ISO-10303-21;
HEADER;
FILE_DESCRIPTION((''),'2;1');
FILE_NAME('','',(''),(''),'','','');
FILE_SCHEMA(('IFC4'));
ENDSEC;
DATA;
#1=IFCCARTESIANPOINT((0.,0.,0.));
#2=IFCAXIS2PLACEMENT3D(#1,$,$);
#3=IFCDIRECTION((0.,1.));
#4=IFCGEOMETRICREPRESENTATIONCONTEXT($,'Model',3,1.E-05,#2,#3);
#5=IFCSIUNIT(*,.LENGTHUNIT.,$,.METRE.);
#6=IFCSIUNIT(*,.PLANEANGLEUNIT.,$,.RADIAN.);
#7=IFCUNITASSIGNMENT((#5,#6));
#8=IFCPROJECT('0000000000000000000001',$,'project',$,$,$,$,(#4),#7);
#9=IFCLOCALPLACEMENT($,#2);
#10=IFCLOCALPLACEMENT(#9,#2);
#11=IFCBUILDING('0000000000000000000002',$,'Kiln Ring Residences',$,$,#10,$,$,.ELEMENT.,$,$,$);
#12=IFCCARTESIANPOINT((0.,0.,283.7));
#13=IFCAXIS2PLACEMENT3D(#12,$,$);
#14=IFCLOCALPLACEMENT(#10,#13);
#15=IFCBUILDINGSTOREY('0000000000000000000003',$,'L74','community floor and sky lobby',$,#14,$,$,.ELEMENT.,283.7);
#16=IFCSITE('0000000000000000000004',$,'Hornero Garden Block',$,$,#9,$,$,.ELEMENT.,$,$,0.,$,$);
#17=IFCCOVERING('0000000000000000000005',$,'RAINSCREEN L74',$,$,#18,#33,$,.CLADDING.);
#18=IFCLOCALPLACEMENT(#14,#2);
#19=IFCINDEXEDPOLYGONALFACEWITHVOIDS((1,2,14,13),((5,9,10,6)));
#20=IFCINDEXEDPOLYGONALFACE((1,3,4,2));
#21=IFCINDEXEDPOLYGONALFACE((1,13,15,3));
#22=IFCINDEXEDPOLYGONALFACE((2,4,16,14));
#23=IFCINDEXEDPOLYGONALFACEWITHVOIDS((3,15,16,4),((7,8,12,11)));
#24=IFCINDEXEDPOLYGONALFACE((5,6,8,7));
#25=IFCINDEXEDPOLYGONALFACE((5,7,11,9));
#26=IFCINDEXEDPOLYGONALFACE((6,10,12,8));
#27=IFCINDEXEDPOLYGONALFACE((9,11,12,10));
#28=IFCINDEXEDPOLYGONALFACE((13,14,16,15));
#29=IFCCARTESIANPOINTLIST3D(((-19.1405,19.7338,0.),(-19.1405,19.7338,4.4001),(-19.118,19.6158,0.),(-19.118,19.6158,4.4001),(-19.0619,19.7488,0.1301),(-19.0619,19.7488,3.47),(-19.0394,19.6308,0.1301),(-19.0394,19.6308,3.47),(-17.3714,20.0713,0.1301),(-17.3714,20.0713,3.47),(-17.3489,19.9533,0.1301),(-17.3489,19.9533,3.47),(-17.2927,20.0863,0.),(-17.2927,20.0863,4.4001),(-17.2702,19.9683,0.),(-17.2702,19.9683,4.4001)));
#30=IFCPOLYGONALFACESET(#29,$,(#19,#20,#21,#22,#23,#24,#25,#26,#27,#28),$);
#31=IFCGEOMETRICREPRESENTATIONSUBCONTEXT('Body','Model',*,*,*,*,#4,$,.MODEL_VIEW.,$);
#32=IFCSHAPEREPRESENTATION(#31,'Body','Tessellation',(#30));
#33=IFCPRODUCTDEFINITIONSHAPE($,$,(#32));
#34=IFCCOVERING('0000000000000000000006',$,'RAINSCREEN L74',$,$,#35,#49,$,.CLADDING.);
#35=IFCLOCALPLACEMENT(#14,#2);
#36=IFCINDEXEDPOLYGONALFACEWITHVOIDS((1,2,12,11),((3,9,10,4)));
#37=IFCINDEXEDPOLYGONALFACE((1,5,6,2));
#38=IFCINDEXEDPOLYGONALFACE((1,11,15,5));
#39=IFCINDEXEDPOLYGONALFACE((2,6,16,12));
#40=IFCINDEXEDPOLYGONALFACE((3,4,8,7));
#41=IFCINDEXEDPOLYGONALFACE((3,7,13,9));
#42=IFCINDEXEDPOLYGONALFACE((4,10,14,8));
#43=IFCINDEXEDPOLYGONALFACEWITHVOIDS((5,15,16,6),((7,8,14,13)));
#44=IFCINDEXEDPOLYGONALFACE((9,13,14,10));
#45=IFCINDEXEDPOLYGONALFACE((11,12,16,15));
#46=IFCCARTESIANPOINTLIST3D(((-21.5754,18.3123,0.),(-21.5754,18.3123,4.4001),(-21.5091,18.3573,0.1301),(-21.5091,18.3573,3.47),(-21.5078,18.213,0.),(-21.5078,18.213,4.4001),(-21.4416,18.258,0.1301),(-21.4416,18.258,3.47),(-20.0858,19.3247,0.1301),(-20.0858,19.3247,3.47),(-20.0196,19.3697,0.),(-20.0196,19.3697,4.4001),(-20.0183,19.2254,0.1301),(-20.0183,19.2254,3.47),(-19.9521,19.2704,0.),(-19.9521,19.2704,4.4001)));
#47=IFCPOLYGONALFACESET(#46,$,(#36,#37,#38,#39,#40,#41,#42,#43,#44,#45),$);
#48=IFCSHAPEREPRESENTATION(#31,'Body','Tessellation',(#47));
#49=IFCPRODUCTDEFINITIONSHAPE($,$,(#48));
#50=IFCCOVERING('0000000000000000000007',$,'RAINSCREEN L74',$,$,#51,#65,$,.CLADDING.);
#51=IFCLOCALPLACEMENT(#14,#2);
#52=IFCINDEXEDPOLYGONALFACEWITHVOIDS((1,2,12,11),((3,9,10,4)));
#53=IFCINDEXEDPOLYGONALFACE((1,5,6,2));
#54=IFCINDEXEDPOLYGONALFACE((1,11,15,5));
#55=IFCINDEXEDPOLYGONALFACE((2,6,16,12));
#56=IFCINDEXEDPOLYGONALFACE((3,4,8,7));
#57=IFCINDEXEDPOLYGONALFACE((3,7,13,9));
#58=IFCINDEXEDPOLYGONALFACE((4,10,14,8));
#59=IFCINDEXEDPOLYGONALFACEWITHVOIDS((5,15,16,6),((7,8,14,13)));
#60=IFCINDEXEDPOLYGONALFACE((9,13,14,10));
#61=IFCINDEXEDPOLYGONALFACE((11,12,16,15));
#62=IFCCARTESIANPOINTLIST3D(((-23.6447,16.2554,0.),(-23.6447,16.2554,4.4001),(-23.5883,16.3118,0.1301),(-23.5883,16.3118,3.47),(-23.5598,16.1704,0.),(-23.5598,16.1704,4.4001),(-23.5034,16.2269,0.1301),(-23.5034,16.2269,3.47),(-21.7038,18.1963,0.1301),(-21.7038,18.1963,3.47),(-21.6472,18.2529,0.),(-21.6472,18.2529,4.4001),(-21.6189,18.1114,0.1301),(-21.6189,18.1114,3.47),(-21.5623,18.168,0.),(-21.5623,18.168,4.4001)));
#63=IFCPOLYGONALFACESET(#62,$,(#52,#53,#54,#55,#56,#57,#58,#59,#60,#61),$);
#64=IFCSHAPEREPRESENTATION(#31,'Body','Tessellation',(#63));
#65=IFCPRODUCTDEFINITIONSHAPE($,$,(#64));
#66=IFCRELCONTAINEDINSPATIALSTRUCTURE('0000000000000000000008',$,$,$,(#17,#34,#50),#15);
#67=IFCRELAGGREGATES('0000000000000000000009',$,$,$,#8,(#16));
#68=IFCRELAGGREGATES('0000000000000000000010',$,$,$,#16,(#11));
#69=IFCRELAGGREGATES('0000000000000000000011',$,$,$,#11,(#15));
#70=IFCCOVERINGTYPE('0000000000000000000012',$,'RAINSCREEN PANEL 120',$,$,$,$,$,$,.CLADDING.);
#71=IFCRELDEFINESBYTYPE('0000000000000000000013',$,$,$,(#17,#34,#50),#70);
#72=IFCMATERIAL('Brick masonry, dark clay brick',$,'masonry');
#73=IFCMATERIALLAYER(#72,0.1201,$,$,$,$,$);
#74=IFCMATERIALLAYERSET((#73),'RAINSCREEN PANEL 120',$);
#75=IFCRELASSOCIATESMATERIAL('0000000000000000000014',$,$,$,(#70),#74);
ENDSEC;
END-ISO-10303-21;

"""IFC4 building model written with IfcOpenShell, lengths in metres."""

from ifc_helpers import new_model, si_unit, direction, frame, origin, place, context, subcontext, project, spatial, polyline, outline, extrude, material, layer, layer_set, type_object, element, save


model = new_model("IFC4")

# Units and contexts
model_context = context("Model", 3, precision=1e-05, world=origin(), true_north=direction((0.0, 1.0)))
body_context = subcontext(model_context, "Body", "Model", "MODEL_VIEW")
ifc_project = project(units=[si_unit("LENGTHUNIT", "METRE"), si_unit("PLANEANGLEUNIT", "RADIAN")], contexts=[model_context])

# Site, building, storey
site_placement = place(None, origin())
site = spatial("IfcSite", under=ifc_project, at=site_placement, Name="Hornero Garden Block", CompositionType="ELEMENT", RefElevation=0.0)
building_placement = place(site_placement, origin())
building = spatial("IfcBuilding", under=site, at=building_placement, Name="Kiln Ring Residences", CompositionType="ELEMENT")
storey_placement = place(building_placement, frame((0.0, 0.0, 283.7)))
storey = spatial("IfcBuildingStorey", under=building, at=storey_placement, Name="L74", Description="community floor and sky lobby", CompositionType="ELEMENT", Elevation=283.7)

# Coverings
ifc_material_1 = material(Name="Brick masonry, dark clay brick", Category="masonry")
ifc_layer_1 = layer(ifc_material_1, 0.1201)
ifc_layer_set_1 = layer_set([ifc_layer_1], Name="RAINSCREEN PANEL 120")
covering_type = type_object("IfcCoveringType", Name="RAINSCREEN PANEL 120", PredefinedType="CLADDING", material=ifc_layer_set_1)
for number, where, z_axis, x_axis, name in (
    (1, (-17.2815, 20.0273, 0.0), (0.0, 0.0, 1.0), (-0.982284, -0.187398, 0.0), "RAINSCREEN L74"),
    (2, (-19.9858, 19.3201, 0.0), (0.0, 0.0, 1.0), (-0.827045, -0.562136, 0.0), "RAINSCREEN L74"),
):
    element("IfcCovering", number, at=place(storey_placement, frame(where, z_axis=z_axis, x_axis=x_axis)), inside=storey, type_object=covering_type, Name=name, PredefinedType="CLADDING", context=body_context, shape_type="SweptSolid", body=[
        extrude(outline(polyline([(0.0, 0.0), (1.8811, 0.0), (1.8811, 4.4001), (0.0, 4.4001), (0.0, 0.0)]), holes=[polyline([(0.0801, 3.47), (0.0801, 0.1301), (1.801, 0.1301), (1.801, 3.47), (0.0801, 3.47)])]), frame((0.0, 0.0601, 0.0), z_axis=(0.0, -1.0, 0.0), x_axis=(1.0, 0.0, 0.0)), (0.0, 0.0, 1.0), 0.1201),
    ])
covering_placement = place(storey_placement, frame((-21.6047, 18.2104, 0.0), z_axis=(0.0, 0.0, 1.0), x_axis=(-0.707107, -0.707107, 0.0)))
element("IfcCovering", 3, at=covering_placement, inside=storey, type_object=covering_type, Name="RAINSCREEN L74", PredefinedType="CLADDING", context=body_context, shape_type="SweptSolid", body=[
    extrude(outline(polyline([(0.0, 0.0), (2.825, 0.0), (2.825, 4.4001), (0.0, 4.4001), (0.0, 0.0)]), holes=[polyline([(0.0801, 3.47), (0.0801, 0.1301), (2.7451, 0.1301), (2.7451, 3.47), (0.0801, 3.47)])]), frame((0.0, 0.0601, 0.0), z_axis=(0.0, -1.0, 0.0), x_axis=(1.0, 0.0, 0.0)), (0.0, 0.0, 1.0), 0.1201),
])

save(model, "model.ifc")
